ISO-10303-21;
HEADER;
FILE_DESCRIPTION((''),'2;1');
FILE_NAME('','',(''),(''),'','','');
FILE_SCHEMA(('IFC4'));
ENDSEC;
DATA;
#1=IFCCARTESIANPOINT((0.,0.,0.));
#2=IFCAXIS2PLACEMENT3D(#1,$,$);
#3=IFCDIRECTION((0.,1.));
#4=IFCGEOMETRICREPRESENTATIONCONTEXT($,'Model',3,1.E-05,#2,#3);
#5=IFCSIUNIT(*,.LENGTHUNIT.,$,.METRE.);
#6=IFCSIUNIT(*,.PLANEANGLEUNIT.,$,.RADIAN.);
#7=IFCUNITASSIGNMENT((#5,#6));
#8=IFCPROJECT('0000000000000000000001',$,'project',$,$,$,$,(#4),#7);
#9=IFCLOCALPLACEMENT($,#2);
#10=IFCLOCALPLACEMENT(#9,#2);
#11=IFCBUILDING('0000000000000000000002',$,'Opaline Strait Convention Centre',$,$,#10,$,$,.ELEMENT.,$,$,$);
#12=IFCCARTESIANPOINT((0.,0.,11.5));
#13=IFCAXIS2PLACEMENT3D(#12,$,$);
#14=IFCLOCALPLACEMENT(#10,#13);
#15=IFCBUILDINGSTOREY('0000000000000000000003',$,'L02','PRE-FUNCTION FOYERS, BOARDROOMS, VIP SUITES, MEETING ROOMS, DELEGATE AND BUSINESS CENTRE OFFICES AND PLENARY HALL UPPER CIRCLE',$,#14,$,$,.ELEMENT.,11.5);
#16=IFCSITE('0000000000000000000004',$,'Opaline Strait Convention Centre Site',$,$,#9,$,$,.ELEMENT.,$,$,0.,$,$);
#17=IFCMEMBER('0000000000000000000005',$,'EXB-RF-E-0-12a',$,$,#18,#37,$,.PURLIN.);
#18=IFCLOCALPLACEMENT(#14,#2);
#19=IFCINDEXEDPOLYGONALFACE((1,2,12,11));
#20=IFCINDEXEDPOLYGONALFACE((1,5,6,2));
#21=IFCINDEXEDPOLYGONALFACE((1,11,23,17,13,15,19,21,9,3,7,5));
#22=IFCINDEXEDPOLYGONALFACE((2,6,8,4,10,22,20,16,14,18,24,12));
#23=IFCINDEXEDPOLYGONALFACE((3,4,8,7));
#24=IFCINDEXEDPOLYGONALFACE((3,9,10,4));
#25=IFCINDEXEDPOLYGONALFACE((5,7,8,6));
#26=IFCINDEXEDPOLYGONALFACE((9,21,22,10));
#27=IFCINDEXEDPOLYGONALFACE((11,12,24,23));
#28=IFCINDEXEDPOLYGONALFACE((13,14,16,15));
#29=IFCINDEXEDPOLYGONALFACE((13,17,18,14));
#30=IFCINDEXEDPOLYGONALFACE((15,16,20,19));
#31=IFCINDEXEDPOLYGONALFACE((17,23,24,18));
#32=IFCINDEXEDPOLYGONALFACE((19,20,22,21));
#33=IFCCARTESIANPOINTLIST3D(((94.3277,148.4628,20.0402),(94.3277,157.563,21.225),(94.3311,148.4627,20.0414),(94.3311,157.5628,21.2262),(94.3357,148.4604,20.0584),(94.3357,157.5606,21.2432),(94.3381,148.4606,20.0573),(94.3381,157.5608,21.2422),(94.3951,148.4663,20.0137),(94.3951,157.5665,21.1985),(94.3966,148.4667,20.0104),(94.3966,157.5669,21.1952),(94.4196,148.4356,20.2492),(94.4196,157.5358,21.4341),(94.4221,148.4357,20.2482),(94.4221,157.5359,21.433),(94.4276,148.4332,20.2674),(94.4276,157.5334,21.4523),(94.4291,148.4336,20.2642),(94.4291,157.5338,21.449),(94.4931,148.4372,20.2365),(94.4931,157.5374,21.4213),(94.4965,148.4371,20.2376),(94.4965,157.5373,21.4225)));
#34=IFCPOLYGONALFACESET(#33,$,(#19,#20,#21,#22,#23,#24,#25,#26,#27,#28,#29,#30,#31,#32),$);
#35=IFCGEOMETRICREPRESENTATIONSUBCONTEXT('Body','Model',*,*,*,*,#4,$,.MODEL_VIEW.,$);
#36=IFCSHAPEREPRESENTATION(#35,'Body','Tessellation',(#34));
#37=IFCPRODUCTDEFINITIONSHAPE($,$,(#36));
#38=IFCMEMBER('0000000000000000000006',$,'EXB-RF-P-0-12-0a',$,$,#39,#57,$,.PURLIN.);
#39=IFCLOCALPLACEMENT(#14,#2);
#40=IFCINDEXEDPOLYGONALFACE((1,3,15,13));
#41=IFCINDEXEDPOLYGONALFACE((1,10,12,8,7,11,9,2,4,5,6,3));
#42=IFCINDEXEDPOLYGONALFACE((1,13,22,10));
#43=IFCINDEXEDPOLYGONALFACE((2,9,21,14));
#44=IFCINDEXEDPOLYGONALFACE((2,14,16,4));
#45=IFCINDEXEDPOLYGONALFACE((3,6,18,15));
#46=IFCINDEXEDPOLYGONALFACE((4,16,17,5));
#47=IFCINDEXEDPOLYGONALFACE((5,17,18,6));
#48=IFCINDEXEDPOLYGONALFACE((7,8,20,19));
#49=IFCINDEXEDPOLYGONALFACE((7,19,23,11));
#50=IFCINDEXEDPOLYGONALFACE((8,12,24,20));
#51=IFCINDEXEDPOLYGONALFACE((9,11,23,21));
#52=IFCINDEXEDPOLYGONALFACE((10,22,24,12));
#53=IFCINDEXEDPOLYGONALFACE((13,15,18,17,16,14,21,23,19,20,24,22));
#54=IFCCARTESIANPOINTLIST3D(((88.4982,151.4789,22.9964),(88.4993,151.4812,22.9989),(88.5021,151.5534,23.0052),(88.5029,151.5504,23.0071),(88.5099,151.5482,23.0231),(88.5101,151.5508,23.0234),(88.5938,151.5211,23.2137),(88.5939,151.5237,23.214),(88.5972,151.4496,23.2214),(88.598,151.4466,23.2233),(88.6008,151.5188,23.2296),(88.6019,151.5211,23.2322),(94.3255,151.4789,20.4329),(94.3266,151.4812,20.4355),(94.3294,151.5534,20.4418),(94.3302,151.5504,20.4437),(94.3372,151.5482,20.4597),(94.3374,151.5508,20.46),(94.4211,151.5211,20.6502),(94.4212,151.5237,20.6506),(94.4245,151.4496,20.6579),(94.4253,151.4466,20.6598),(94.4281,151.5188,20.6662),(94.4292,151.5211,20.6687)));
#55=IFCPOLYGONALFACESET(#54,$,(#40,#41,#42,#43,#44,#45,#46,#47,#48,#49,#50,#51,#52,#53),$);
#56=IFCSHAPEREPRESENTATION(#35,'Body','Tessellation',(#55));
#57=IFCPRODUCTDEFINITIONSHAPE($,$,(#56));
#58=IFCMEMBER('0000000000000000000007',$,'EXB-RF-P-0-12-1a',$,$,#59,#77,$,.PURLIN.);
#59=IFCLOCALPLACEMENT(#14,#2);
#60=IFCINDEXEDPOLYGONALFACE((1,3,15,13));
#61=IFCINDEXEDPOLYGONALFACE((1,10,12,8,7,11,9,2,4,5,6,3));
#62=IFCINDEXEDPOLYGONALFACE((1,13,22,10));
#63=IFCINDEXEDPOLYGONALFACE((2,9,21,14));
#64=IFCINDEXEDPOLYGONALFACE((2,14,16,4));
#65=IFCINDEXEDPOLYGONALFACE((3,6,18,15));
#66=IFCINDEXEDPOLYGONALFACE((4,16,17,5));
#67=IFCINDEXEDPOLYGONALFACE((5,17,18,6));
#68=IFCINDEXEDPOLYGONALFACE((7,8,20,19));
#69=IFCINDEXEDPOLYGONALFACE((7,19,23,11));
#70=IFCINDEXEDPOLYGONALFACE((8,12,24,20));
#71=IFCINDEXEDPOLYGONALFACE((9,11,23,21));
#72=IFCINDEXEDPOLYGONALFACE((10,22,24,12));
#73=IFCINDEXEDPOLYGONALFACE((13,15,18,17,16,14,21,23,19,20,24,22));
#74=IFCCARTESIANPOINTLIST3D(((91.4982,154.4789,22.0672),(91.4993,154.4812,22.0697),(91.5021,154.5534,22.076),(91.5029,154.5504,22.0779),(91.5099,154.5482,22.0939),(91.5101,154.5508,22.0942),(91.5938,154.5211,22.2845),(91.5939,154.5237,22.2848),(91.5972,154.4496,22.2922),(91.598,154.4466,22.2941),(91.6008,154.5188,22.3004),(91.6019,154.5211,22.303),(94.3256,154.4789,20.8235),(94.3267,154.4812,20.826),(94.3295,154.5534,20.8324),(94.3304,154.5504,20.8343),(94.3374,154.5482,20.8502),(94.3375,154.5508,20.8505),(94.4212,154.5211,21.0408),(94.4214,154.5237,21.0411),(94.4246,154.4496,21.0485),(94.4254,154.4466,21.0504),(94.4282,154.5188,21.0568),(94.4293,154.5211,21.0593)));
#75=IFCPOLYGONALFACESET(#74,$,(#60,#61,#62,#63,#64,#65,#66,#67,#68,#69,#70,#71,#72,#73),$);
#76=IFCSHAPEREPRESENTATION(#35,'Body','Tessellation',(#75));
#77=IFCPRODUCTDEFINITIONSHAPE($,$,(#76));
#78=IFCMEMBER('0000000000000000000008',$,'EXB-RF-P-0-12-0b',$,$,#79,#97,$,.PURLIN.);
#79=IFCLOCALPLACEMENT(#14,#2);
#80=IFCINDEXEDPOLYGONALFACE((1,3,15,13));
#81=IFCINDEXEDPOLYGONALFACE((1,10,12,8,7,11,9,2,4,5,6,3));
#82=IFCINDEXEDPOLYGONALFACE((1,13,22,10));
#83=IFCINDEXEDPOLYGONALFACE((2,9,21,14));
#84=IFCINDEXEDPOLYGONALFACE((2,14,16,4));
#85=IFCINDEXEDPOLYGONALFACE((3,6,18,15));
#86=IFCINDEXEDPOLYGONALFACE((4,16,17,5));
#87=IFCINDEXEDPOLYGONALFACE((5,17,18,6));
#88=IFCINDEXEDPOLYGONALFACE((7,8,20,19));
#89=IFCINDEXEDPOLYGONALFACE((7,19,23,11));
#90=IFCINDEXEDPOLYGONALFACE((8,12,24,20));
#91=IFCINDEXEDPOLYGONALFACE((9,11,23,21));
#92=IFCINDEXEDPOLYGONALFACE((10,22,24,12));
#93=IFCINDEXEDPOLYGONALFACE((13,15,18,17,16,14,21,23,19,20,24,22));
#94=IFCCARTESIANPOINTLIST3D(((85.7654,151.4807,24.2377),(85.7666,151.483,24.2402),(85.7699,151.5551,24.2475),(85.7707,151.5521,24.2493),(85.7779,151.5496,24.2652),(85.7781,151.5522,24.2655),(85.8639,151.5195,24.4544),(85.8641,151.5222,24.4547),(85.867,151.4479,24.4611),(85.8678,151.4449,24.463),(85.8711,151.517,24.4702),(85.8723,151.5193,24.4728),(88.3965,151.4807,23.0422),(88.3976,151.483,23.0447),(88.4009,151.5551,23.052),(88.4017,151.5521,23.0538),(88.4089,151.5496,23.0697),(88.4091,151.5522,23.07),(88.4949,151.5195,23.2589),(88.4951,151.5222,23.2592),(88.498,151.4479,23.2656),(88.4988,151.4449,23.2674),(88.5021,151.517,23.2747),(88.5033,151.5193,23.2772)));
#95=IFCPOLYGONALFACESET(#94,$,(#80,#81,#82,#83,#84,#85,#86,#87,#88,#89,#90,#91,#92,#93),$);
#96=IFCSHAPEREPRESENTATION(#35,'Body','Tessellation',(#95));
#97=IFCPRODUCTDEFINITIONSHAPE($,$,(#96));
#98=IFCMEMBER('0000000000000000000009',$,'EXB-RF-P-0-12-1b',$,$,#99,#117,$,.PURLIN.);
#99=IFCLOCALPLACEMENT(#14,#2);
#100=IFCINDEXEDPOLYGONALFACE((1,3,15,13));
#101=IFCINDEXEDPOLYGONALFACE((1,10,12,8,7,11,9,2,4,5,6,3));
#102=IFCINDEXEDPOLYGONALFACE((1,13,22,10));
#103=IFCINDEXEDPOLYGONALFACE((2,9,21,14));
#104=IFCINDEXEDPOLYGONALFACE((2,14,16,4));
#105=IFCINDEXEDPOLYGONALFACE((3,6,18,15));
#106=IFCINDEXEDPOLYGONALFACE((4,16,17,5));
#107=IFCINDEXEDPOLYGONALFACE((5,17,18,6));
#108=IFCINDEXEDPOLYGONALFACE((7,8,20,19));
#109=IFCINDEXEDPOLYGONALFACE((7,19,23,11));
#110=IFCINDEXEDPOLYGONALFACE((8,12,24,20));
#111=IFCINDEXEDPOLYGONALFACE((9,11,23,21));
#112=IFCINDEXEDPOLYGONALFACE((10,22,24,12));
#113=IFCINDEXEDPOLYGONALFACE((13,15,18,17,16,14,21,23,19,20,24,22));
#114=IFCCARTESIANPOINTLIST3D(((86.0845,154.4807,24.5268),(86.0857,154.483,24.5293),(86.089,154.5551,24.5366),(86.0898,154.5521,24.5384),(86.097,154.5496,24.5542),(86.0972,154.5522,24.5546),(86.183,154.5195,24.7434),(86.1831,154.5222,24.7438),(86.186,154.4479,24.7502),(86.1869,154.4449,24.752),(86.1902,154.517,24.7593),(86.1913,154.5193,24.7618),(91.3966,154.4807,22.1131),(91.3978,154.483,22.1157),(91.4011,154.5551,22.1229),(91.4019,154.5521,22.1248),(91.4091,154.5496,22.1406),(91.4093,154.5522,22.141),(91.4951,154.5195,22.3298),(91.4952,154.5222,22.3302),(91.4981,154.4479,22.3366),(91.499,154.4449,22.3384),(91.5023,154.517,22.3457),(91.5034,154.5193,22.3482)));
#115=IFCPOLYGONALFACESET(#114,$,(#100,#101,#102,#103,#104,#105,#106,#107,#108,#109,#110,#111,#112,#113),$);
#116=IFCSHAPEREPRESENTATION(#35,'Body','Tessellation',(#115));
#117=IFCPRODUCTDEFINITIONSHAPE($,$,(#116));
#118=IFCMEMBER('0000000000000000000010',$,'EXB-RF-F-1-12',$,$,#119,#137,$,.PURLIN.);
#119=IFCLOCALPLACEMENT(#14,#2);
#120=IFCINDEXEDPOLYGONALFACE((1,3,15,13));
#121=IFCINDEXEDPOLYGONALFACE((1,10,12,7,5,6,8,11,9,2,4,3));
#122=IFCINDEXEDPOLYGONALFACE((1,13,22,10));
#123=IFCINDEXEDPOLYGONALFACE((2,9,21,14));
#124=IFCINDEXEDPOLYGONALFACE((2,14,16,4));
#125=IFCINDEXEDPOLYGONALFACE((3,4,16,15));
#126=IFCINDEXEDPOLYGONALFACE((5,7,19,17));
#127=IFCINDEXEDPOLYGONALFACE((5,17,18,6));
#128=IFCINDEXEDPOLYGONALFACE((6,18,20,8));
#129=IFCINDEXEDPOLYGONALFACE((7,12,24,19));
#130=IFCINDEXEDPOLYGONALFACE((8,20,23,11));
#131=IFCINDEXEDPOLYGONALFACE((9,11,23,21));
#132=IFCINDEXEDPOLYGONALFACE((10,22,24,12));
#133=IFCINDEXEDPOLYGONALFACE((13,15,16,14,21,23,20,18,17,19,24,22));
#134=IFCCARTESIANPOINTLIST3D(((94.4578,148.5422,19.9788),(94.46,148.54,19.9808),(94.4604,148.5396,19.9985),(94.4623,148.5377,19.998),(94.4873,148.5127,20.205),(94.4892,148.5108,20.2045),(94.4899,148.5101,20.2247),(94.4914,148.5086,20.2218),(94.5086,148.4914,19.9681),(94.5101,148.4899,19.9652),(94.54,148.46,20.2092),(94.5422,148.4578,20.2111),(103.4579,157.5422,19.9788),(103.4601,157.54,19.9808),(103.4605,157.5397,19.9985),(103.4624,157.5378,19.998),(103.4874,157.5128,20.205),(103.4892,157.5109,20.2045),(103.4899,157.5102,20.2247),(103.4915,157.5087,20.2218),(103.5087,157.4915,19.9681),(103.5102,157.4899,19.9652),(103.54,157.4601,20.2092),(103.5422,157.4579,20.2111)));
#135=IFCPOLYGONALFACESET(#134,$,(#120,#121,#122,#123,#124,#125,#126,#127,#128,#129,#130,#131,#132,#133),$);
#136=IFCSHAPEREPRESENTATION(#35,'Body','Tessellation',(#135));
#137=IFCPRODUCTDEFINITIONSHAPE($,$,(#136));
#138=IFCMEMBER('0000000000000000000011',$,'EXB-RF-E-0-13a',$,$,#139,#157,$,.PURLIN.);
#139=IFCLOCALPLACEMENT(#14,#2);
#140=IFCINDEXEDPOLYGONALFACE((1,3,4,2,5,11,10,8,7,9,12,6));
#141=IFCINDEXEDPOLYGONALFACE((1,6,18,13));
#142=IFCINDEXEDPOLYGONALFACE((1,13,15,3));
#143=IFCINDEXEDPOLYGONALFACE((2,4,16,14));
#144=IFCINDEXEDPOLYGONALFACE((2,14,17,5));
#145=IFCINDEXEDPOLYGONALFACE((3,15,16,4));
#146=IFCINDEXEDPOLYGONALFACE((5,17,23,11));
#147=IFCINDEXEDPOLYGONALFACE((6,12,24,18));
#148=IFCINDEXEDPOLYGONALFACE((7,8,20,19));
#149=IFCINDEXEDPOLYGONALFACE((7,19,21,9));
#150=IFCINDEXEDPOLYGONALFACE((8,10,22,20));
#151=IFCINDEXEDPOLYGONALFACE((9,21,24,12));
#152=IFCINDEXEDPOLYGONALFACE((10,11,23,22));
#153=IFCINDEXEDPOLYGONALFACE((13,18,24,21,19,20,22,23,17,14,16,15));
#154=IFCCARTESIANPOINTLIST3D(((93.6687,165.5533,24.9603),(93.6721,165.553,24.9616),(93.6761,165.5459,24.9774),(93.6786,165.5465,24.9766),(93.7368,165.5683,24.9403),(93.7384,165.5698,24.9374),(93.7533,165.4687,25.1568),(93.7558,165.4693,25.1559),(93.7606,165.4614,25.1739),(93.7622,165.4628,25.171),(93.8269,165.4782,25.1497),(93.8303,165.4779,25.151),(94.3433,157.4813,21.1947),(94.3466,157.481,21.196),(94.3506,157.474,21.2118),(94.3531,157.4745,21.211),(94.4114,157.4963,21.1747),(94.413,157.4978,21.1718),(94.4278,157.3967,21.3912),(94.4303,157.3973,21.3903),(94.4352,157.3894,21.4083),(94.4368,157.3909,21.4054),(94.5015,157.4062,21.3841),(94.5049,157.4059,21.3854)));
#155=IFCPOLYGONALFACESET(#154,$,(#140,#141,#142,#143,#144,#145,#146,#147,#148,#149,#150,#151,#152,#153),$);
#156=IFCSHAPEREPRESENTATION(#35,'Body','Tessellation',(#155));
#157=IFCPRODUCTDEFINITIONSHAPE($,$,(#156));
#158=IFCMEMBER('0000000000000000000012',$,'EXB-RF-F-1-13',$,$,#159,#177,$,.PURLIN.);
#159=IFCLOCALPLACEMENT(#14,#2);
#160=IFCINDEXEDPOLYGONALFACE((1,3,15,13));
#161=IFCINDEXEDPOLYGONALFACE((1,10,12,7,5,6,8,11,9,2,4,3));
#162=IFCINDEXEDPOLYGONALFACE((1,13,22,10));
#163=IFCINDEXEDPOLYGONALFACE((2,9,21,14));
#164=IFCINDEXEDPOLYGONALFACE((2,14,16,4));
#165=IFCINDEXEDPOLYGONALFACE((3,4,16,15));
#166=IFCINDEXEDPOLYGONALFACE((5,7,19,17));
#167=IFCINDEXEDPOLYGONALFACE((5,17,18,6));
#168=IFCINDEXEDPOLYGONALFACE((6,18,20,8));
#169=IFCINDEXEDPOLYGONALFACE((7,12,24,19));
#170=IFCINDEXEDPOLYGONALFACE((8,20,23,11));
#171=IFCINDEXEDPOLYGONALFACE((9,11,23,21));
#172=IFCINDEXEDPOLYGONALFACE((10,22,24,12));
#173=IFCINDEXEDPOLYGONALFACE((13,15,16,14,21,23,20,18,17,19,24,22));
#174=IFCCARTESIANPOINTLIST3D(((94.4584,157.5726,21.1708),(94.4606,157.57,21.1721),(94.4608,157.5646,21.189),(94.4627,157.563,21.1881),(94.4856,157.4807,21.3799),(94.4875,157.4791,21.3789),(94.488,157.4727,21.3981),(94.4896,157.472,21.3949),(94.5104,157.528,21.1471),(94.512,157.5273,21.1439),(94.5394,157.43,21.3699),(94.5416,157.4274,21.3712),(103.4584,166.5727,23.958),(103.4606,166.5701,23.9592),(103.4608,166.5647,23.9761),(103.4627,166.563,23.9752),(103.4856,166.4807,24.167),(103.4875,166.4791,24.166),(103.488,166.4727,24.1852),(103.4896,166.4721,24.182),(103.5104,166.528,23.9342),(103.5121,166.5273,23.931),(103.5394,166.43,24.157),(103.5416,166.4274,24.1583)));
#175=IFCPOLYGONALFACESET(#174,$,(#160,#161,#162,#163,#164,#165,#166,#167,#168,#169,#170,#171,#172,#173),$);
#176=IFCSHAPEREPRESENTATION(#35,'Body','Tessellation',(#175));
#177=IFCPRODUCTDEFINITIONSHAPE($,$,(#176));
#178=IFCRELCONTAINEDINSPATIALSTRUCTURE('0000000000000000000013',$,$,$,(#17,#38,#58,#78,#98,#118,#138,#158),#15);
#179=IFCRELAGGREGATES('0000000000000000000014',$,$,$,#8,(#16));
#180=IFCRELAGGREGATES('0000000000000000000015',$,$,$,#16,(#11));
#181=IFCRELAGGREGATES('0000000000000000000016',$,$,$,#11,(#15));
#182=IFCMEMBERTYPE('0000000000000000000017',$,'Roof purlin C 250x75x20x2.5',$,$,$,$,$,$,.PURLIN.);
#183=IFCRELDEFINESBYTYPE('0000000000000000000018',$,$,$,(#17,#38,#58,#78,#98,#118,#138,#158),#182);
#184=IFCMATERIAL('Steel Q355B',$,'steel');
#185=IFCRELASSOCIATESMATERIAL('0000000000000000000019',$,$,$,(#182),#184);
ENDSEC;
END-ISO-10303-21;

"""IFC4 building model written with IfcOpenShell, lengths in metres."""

from ifc_helpers import new_model, si_unit, direction, frame, origin, place, context, subcontext, project, spatial, polyline, outline, extrude, material, material_profile, profile_set, type_object, element, save


model = new_model("IFC4")

# Units and contexts
model_context = context("Model", 3, precision=1e-05, world=origin(), true_north=direction((0.0, 1.0)))
body_context = subcontext(model_context, "Body", "Model", "MODEL_VIEW")
ifc_project = project(units=[si_unit("LENGTHUNIT", "METRE"), si_unit("PLANEANGLEUNIT", "RADIAN")], contexts=[model_context])

# Site, building, storey
site_placement = place(None, origin())
site = spatial("IfcSite", under=ifc_project, at=site_placement, Name="Opaline Strait Convention Centre Site", CompositionType="ELEMENT", RefElevation=0.0)
building_placement = place(site_placement, origin())
building = spatial("IfcBuilding", under=site, at=building_placement, Name="Opaline Strait Convention Centre", CompositionType="ELEMENT")
storey_placement = place(building_placement, frame((0.0, 0.0, 11.5)))
storey = spatial("IfcBuildingStorey", under=building, at=storey_placement, Name="L02", Description="PRE-FUNCTION FOYERS, BOARDROOMS, VIP SUITES, MEETING ROOMS, DELEGATE AND BUSINESS CENTRE OFFICES AND PLENARY HALL UPPER CIRCLE", CompositionType="ELEMENT", Elevation=11.5)

# Members
ifc_material_1 = material(Name="Steel Q355B", Category="steel")
ifc_material_profile_1 = material_profile(ifc_material_1, outline(polyline([(-0.0376, -0.125), (0.0376, -0.125), (0.0376, -0.105), (0.0349, -0.105), (0.0349, -0.1226), (-0.0349, -0.1226), (-0.0349, 0.1226), (0.0349, 0.1226), (0.0349, 0.105), (0.0376, 0.105), (0.0376, 0.125), (-0.0376, 0.125), (-0.0376, -0.125)])), Name="C 250x75x20x2.5")
ifc_profile_set_1 = profile_set([ifc_material_profile_1], Name="Steel Q355B")
member_type_1 = type_object("IfcMemberType", Name="Roof purlin C 250x75x20x2.5", PredefinedType="PURLIN", material=ifc_profile_set_1)
member_1_placement = place(storey_placement, frame((94.4121, 148.45, 20.1389), z_axis=(0.0, 0.99163, 0.129108), x_axis=(-0.916598, -0.051619, 0.396464)))
element("IfcMember", 1, at=member_1_placement, inside=storey, type_object=member_type_1, Name="EXB-RF-E-0-12a", PredefinedType="PURLIN", context=body_context, shape_type="SweptSolid", body=[
    extrude(outline(polyline([(-0.0376, -0.125), (0.0376, -0.125), (0.0376, -0.105), (0.0349, -0.105), (0.0349, -0.1226), (-0.0349, -0.1226), (-0.0349, 0.1226), (0.0349, 0.1226), (0.0349, 0.105), (0.0376, 0.105), (0.0376, 0.125), (-0.0376, 0.125), (-0.0376, -0.125)])), origin(), (0.0, 0.0, 1.0), 9.177),
])
member_2_placement = place(storey_placement, frame((88.55, 151.5, 23.1143), z_axis=(0.915348, 0.0, -0.402663), x_axis=(0.051982, 0.991632, 0.118167)))
element("IfcMember", 2, at=member_2_placement, inside=storey, type_object=member_type_1, Name="EXB-RF-P-0-12-0a", PredefinedType="PURLIN", context=body_context, shape_type="SweptSolid", body=[
    extrude(outline(polyline([(-0.0376, -0.125), (0.0376, -0.125), (0.0376, -0.105), (0.0349, -0.105), (0.0349, -0.1226), (-0.0349, -0.1226), (-0.0349, 0.1226), (0.0349, 0.1226), (0.0349, 0.105), (0.0376, 0.105), (0.0376, 0.125), (-0.0376, 0.125), (-0.0376, -0.125)])), origin(), (0.0, 0.0, 1.0), 6.3662),
])
member_3_placement = place(storey_placement, frame((91.55, 154.5, 22.1851), z_axis=(0.915363, 0.0, -0.40263), x_axis=(0.051978, 0.991632, 0.118169)))
element("IfcMember", 3, at=member_3_placement, inside=storey, type_object=member_type_1, Name="EXB-RF-P-0-12-1a", PredefinedType="PURLIN", context=body_context, shape_type="SweptSolid", body=[
    extrude(outline(polyline([(-0.0376, -0.125), (0.0376, -0.125), (0.0376, -0.105), (0.0349, -0.105), (0.0349, -0.1226), (-0.0349, -0.1226), (-0.0349, 0.1226), (0.0349, 0.1226), (0.0349, 0.105), (0.0376, 0.105), (0.0376, 0.125), (-0.0376, 0.125), (-0.0376, -0.125)])), origin(), (0.0, 0.0, 1.0), 3.0889),
])
member_4_placement = place(storey_placement, frame((85.8188, 151.5, 24.3552), z_axis=(0.910419, 0.0, -0.413688), x_axis=(0.059245, 0.989692, 0.130382)))
element("IfcMember", 4, at=member_4_placement, inside=storey, type_object=member_type_1, Name="EXB-RF-P-0-12-0b", PredefinedType="PURLIN", context=body_context, shape_type="SweptSolid", body=[
    extrude(outline(polyline([(-0.0376, -0.125), (0.0376, -0.125), (0.0376, -0.105), (0.0349, -0.105), (0.0349, -0.1226), (-0.0349, -0.1226), (-0.0349, 0.1226), (0.0349, 0.1226), (0.0349, 0.105), (0.0376, 0.105), (0.0376, 0.125), (-0.0376, 0.125), (-0.0376, -0.125)])), origin(), (0.0, 0.0, 1.0), 2.8899),
])
member_5_placement = place(storey_placement, frame((86.1379, 154.5, 24.6443), z_axis=(0.91043, 0.0, -0.413664), x_axis=(0.059241, 0.989692, 0.130384)))
element("IfcMember", 5, at=member_5_placement, inside=storey, type_object=member_type_1, Name="EXB-RF-P-0-12-1b", PredefinedType="PURLIN", context=body_context, shape_type="SweptSolid", body=[
    extrude(outline(polyline([(-0.0376, -0.125), (0.0376, -0.125), (0.0376, -0.105), (0.0349, -0.105), (0.0349, -0.1226), (-0.0349, -0.1226), (-0.0349, 0.1226), (0.0349, 0.1226), (0.0349, 0.105), (0.0376, 0.105), (0.0376, 0.125), (-0.0376, 0.125), (-0.0376, -0.125)])), origin(), (0.0, 0.0, 1.0), 5.8347),
])
member_6_placement = place(storey_placement, frame((94.5, 148.5, 20.095), z_axis=(0.707107, 0.707107, 0.0), x_axis=(-0.695419, 0.695419, 0.181067)))
element("IfcMember", 6, at=member_6_placement, inside=storey, type_object=member_type_1, Name="EXB-RF-F-1-12", PredefinedType="PURLIN", context=body_context, shape_type="SweptSolid", body=[
    extrude(outline(polyline([(-0.0376, -0.125), (0.0376, -0.125), (0.0376, -0.105), (0.0349, -0.105), (0.0349, -0.1226), (-0.0349, -0.1226), (-0.0349, 0.1226), (0.0349, 0.1226), (0.0349, 0.105), (0.0376, 0.105), (0.0376, 0.125), (-0.0376, 0.125), (-0.0376, -0.125)])), origin(), (0.0, 0.0, 1.0), 12.728),
])
member_7_placement = place(storey_placement, frame((94.4241, 157.4436, 21.29), z_axis=(-0.075516, 0.903652, 0.421557), x_axis=(-0.926866, -0.219515, 0.304519)))
element("IfcMember", 7, at=member_7_placement, inside=storey, type_object=member_type_1, Name="EXB-RF-E-0-13a", PredefinedType="PURLIN", context=body_context, shape_type="SweptSolid", body=[
    extrude(outline(polyline([(-0.0376, -0.125), (0.0376, -0.125), (0.0376, -0.105), (0.0349, -0.105), (0.0349, -0.1226), (-0.0349, -0.1226), (-0.0349, 0.1226), (0.0349, 0.1226), (0.0349, 0.105), (0.0376, 0.105), (0.0376, 0.125), (-0.0376, 0.125), (-0.0376, -0.125)])), origin(), (0.0, 0.0, 1.0), 8.9326),
])
member_8_placement = place(storey_placement, frame((94.5, 157.5, 21.271), z_axis=(0.69074, 0.69074, 0.213908), x_axis=(-0.713355, 0.602522, 0.357899)))
element("IfcMember", 8, at=member_8_placement, inside=storey, type_object=member_type_1, Name="EXB-RF-F-1-13", PredefinedType="PURLIN", context=body_context, shape_type="SweptSolid", body=[
    extrude(outline(polyline([(-0.0376, -0.125), (0.0376, -0.125), (0.0376, -0.105), (0.0349, -0.105), (0.0349, -0.1226), (-0.0349, -0.1226), (-0.0349, 0.1226), (0.0349, 0.1226), (0.0349, 0.105), (0.0376, 0.105), (0.0376, 0.125), (-0.0376, 0.125), (-0.0376, -0.125)])), origin(), (0.0, 0.0, 1.0), 13.0295),
])

save(model, "model.ifc")
